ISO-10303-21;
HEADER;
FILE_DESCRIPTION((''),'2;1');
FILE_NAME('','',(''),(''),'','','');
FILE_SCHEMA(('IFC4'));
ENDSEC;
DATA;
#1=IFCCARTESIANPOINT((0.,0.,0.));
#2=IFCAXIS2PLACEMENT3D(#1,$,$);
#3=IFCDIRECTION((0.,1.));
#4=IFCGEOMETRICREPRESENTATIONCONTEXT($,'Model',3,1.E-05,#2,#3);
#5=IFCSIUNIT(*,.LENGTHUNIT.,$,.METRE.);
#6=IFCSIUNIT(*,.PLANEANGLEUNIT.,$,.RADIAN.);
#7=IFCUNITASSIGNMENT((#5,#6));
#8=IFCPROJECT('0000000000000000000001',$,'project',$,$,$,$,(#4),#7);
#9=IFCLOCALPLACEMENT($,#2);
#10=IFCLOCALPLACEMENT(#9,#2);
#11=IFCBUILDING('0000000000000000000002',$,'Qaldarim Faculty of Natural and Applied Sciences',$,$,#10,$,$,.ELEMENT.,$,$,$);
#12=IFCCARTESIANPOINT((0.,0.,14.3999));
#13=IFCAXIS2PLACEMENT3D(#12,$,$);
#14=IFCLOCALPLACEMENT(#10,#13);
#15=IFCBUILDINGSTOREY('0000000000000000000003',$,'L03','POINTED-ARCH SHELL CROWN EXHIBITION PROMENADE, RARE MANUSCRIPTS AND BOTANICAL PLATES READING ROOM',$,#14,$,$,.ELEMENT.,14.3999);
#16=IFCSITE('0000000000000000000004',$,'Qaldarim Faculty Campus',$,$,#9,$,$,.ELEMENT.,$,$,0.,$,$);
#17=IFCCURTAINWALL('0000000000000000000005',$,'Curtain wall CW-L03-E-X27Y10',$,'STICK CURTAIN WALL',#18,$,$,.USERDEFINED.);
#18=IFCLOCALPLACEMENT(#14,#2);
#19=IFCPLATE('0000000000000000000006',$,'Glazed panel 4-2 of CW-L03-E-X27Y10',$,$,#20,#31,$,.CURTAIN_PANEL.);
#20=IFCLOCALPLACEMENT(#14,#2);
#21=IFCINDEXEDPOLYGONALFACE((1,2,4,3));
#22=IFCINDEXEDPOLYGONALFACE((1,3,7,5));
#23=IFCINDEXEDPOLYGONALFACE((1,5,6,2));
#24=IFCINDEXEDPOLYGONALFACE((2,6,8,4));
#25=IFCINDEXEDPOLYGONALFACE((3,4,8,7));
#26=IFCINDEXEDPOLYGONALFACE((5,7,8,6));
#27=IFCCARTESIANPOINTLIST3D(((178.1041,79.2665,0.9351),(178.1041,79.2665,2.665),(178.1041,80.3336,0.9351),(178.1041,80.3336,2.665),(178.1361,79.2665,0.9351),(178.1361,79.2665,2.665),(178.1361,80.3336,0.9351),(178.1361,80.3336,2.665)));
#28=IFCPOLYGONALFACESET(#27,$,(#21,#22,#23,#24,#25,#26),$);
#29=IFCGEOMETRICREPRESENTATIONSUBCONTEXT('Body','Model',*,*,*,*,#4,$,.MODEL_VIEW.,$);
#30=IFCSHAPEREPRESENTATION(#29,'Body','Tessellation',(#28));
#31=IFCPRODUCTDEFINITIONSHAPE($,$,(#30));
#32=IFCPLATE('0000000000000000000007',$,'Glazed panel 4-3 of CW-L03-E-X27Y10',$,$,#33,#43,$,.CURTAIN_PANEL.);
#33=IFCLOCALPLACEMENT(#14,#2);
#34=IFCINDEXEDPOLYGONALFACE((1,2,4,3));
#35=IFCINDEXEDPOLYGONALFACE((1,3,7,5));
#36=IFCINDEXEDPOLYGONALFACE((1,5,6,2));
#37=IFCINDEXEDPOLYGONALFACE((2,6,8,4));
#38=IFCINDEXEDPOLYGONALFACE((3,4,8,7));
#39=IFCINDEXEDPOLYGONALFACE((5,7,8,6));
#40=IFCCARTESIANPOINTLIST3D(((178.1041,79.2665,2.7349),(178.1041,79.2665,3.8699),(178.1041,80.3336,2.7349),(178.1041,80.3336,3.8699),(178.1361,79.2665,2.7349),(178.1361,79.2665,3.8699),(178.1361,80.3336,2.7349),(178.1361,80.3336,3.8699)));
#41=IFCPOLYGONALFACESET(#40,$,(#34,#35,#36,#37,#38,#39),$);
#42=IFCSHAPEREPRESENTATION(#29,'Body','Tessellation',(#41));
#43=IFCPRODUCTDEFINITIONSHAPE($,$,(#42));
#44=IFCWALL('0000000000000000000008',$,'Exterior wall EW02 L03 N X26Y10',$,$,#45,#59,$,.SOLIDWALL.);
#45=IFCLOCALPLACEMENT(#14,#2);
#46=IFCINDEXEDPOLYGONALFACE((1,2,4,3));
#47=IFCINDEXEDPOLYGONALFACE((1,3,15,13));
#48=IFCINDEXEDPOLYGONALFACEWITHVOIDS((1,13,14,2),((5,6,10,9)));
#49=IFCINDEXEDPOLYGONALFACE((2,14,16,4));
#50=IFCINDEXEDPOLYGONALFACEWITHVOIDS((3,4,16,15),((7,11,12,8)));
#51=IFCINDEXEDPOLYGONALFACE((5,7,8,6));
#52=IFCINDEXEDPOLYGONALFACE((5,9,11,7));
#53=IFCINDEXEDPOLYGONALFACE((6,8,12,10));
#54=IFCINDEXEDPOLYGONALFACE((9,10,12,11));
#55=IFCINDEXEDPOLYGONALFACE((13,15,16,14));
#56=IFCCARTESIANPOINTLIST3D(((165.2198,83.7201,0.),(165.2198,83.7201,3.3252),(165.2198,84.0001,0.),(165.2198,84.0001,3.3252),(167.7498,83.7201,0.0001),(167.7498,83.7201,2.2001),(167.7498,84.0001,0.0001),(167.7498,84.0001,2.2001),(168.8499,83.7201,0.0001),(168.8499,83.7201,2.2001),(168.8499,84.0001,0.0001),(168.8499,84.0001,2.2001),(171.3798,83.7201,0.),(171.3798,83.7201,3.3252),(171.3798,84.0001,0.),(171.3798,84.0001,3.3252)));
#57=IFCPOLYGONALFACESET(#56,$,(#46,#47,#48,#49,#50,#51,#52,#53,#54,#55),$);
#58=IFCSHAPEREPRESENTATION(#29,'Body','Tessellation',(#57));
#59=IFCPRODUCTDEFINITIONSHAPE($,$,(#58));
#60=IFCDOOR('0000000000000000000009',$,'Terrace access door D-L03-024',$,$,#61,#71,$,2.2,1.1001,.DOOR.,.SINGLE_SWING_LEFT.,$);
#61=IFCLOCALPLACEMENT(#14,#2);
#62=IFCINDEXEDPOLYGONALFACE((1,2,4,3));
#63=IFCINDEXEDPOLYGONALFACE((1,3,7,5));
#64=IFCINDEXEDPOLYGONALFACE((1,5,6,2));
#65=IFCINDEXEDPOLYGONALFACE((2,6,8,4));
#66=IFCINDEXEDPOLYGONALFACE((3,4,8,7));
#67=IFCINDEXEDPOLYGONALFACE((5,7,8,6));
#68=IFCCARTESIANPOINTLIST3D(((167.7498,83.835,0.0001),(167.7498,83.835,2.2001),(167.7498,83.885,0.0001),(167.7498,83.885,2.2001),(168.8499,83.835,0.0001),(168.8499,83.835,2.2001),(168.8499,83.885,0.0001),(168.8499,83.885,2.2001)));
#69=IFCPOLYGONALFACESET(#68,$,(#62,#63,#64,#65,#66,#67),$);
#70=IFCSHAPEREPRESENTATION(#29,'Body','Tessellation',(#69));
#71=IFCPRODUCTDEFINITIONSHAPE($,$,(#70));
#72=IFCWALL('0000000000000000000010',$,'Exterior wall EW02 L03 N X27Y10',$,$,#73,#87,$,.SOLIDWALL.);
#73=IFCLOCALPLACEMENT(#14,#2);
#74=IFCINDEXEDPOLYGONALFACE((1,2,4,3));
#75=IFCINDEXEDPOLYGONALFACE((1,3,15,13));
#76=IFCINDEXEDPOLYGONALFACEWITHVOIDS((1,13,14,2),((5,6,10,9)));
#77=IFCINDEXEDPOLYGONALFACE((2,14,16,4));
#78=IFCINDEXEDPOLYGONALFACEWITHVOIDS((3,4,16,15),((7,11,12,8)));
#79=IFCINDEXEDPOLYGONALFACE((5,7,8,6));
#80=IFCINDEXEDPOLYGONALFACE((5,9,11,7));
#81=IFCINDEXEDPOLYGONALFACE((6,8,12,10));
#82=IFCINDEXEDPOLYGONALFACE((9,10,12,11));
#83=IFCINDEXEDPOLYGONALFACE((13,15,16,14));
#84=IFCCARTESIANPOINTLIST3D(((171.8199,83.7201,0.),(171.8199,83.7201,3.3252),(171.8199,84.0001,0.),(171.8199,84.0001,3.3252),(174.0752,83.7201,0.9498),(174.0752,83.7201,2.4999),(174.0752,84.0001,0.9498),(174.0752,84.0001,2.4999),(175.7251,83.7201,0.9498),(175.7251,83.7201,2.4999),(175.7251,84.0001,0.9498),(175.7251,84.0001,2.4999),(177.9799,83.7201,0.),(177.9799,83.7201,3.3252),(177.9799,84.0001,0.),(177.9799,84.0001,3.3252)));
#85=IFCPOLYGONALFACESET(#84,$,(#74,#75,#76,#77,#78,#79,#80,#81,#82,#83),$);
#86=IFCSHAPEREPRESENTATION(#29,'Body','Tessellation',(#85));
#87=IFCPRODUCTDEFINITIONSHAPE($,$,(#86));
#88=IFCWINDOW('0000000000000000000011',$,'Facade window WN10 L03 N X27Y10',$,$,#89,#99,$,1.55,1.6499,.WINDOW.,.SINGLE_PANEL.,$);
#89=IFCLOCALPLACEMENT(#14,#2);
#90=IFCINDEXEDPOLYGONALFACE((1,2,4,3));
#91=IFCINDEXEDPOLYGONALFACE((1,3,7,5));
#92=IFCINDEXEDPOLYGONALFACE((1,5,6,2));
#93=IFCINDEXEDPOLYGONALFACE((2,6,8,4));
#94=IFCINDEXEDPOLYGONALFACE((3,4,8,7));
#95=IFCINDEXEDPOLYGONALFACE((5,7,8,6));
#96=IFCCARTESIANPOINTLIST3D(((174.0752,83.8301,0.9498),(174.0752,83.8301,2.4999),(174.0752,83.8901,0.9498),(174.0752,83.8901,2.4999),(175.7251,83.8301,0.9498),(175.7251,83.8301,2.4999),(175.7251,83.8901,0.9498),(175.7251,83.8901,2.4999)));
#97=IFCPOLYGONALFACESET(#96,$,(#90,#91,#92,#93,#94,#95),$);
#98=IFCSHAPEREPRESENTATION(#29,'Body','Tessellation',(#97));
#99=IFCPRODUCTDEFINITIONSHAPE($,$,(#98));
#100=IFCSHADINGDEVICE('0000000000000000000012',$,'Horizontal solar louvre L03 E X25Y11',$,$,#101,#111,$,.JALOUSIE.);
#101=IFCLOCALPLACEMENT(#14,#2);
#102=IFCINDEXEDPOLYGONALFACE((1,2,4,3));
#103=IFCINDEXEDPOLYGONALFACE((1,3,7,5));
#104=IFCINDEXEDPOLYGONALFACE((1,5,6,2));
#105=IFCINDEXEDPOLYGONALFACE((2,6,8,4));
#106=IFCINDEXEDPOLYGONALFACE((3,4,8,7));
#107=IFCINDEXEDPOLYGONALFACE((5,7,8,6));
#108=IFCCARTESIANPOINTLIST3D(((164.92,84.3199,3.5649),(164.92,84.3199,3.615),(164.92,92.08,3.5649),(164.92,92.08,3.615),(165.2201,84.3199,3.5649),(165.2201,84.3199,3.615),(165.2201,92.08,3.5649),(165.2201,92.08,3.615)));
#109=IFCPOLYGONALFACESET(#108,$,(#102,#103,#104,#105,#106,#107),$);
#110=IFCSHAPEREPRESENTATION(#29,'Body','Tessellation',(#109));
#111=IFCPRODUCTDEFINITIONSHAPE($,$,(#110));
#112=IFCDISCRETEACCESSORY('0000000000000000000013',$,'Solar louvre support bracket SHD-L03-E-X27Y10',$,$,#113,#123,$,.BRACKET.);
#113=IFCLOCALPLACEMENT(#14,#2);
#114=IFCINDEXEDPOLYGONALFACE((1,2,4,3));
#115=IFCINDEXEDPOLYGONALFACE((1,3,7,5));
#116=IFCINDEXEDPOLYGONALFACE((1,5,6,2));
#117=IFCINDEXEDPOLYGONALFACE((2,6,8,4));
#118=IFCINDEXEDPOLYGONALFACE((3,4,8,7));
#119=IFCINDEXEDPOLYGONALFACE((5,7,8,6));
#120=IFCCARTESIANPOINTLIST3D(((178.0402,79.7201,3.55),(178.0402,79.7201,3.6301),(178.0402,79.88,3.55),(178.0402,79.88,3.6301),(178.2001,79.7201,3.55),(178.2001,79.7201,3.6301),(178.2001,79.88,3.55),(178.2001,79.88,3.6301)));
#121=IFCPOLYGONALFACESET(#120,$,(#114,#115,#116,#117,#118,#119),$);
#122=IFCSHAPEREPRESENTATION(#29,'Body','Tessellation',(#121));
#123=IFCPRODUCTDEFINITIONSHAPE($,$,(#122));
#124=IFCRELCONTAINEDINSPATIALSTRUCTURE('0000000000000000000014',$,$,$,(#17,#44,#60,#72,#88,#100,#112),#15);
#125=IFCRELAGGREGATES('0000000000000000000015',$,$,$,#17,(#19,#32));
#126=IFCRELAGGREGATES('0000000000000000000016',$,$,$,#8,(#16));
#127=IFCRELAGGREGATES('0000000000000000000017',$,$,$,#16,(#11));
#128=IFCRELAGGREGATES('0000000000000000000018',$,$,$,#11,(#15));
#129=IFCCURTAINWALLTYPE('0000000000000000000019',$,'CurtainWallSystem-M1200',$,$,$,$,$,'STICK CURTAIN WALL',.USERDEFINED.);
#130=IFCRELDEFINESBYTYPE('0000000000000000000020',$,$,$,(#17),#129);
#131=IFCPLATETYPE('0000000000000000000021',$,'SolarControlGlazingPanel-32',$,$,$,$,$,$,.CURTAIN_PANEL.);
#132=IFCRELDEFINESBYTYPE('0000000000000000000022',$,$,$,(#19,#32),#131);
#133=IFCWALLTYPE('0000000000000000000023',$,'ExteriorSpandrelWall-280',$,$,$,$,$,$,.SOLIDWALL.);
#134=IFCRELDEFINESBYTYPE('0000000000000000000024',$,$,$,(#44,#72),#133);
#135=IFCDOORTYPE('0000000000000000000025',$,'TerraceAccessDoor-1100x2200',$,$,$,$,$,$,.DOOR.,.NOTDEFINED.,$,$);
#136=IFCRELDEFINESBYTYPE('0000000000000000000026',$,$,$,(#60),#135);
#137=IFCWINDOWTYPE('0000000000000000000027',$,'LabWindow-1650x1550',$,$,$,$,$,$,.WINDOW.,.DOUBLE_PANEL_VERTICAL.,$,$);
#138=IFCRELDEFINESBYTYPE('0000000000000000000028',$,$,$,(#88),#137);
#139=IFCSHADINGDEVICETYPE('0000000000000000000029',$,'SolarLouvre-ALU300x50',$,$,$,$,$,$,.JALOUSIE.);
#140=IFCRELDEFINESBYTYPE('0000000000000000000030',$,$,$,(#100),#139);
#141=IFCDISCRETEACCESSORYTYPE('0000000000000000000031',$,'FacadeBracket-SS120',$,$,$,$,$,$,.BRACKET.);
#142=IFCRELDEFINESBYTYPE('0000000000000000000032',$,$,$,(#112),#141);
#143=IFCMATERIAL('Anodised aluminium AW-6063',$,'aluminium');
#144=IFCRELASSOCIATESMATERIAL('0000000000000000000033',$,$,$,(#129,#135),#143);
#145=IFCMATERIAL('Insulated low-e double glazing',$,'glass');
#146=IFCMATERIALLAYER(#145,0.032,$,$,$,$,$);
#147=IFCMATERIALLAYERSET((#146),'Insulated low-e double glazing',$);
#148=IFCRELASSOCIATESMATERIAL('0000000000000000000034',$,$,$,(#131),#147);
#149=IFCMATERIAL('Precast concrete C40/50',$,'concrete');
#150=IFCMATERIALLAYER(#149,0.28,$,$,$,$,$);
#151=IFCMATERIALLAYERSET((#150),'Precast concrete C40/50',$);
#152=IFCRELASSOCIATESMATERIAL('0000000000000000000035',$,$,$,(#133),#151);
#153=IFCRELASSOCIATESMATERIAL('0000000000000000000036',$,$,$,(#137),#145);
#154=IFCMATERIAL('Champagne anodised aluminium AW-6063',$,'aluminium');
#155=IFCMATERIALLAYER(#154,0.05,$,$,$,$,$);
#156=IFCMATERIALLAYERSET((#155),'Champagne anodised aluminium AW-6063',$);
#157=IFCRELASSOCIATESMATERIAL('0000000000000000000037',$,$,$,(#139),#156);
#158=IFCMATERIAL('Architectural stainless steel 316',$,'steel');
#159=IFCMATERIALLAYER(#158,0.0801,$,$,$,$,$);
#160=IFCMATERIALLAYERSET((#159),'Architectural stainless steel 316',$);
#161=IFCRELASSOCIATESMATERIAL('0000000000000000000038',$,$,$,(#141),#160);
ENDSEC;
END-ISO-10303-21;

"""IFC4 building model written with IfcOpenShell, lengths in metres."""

from ifc_helpers import new_model, si_unit, direction, frame, frame_2d, origin, origin_2d, place, context, subcontext, project, spatial, rectangle, extrude, material, layer, layer_set, type_object, element, fill, aggregate, save


model = new_model("IFC4")

# Units and contexts
model_context = context("Model", 3, precision=1e-05, world=origin(), true_north=direction((0.0, 1.0)))
body_context = subcontext(model_context, "Body", "Model", "MODEL_VIEW")
ifc_project = project(units=[si_unit("LENGTHUNIT", "METRE"), si_unit("PLANEANGLEUNIT", "RADIAN")], contexts=[model_context])

# Site, building, storey
site_placement = place(None, origin())
site = spatial("IfcSite", under=ifc_project, at=site_placement, Name="Qaldarim Faculty Campus", CompositionType="ELEMENT", RefElevation=0.0)
building_placement = place(site_placement, origin())
building = spatial("IfcBuilding", under=site, at=building_placement, Name="Qaldarim Faculty of Natural and Applied Sciences", CompositionType="ELEMENT")
storey_placement = place(building_placement, frame((0.0, 0.0, 14.3999)))
storey = spatial("IfcBuildingStorey", under=building, at=storey_placement, Name="L03", Description="POINTED-ARCH SHELL CROWN EXHIBITION PROMENADE, RARE MANUSCRIPTS AND BOTANICAL PLATES READING ROOM", CompositionType="ELEMENT", Elevation=14.3999)

# Curtain wall
ifc_material_1 = material(Name="Anodised aluminium AW-6063", Category="aluminium")
curtain_wall_type = type_object("IfcCurtainWallType", Name="CurtainWallSystem-M1200", ElementType="STICK CURTAIN WALL", PredefinedType="USERDEFINED", material=ifc_material_1)
curtain_wall_placement = place(storey_placement, origin())
curtain_wall = element("IfcCurtainWall", 1, at=curtain_wall_placement, inside=storey, type_object=curtain_wall_type, Name="Curtain wall CW-L03-E-X27Y10", ObjectType="STICK CURTAIN WALL", PredefinedType="USERDEFINED")

# Shared definitions
ifc_material_2 = material(Name="Precast concrete C40/50", Category="concrete")

# Plates
ifc_material_3 = material(Name="Insulated low-e double glazing", Category="glass")
ifc_layer_1 = layer(ifc_material_3, 0.032)
ifc_layer_set_1 = layer_set([ifc_layer_1], Name="Insulated low-e double glazing")
plate_type = type_object("IfcPlateType", Name="SolarControlGlazingPanel-32", PredefinedType="CURTAIN_PANEL", material=ifc_layer_set_1)
plate_1_placement = place(storey_placement, frame((178.1201, 79.8, 0.9351), z_axis=(0.0, 0.0, 1.0), x_axis=(0.0, 1.0, 0.0)))
plate_1 = element("IfcPlate", 2, at=plate_1_placement, type_object=plate_type, Name="Glazed panel 4-2 of CW-L03-E-X27Y10", PredefinedType="CURTAIN_PANEL", context=body_context, shape_type="SweptSolid", body=[
    extrude(rectangle(XDim=1.0671, YDim=0.032, at=origin_2d()), origin(), (0.0, 0.0, 1.0), 1.73),
])
plate_2_placement = place(storey_placement, frame((178.1201, 79.8, 2.7349), z_axis=(0.0, 0.0, 1.0), x_axis=(0.0, 1.0, 0.0)))
plate_2 = element("IfcPlate", 3, at=plate_2_placement, type_object=plate_type, Name="Glazed panel 4-3 of CW-L03-E-X27Y10", PredefinedType="CURTAIN_PANEL", context=body_context, shape_type="SweptSolid", body=[
    extrude(rectangle(XDim=1.0671, YDim=0.032, at=origin_2d()), origin(), (0.0, 0.0, 1.0), 1.135),
])
aggregate(curtain_wall, [plate_1, plate_2])

# Wall, opening, door
ifc_layer_2 = layer(ifc_material_2, 0.28)
ifc_layer_set_2 = layer_set([ifc_layer_2], Name="Precast concrete C40/50")
wall_type = type_object("IfcWallType", Name="ExteriorSpandrelWall-280", PredefinedType="SOLIDWALL", material=ifc_layer_set_2)
wall_1_placement = place(storey_placement, frame((171.3799, 83.8601, 0.0), z_axis=(0.0, 0.0, 1.0), x_axis=(-1.0, 0.0, 0.0)))
wall_1 = element("IfcWall", 4, at=wall_1_placement, inside=storey, type_object=wall_type, Name="Exterior wall EW02 L03 N X26Y10", PredefinedType="SOLIDWALL", context=body_context, shape_type="SweptSolid", body=[
    extrude(rectangle(XDim=6.1599, YDim=0.28, at=frame_2d((3.0801, 0.0))), origin(), (0.0, 0.0, 1.0), 3.3252),
])
opening_1_placement = place(wall_1_placement, frame((2.53, 0.0, 0.0)))
opening_1 = element("IfcOpeningElement", 5, at=opening_1_placement, cuts=wall_1, PredefinedType="OPENING", context=body_context, shape_type="SweptSolid", body=[
    extrude(rectangle(XDim=1.1001, YDim=2.2, at=frame_2d((0.55, 1.1001))), frame((0.0, 0.1499, 0.0), z_axis=(0.0, -1.0, 0.0), x_axis=(1.0, 0.0, 0.0)), (0.0, 0.0, 1.0), 0.3),
])
door_type = type_object("IfcDoorType", Name="TerraceAccessDoor-1100x2200", OperationType="NOTDEFINED", PredefinedType="DOOR", material=ifc_material_1)
door_placement = place(opening_1_placement, frame((1.1001, 0.0, 0.0), z_axis=(0.0, 0.0, 1.0), x_axis=(-1.0, 0.0, 0.0)))
door = element("IfcDoor", 6, at=door_placement, inside=storey, type_object=door_type, Name="Terrace access door D-L03-024", OperationType="SINGLE_SWING_LEFT", OverallHeight=2.2, OverallWidth=1.1001, PredefinedType="DOOR", context=body_context, shape_type="SweptSolid", body=[
    extrude(rectangle(XDim=1.1001, YDim=2.2, at=frame_2d((0.55, 1.1001))), frame((0.0, 0.0249, 0.0), z_axis=(0.0, -1.0, 0.0), x_axis=(1.0, 0.0, 0.0)), (0.0, 0.0, 1.0), 0.05),
])
fill(opening_1, door)

# Wall, opening, window
wall_2_placement = place(storey_placement, frame((177.98, 83.8601, 0.0), z_axis=(0.0, 0.0, 1.0), x_axis=(-1.0, 0.0, 0.0)))
wall_2 = element("IfcWall", 7, at=wall_2_placement, inside=storey, type_object=wall_type, Name="Exterior wall EW02 L03 N X27Y10", PredefinedType="SOLIDWALL", context=body_context, shape_type="SweptSolid", body=[
    extrude(rectangle(XDim=6.1599, YDim=0.28, at=frame_2d((3.0801, 0.0))), origin(), (0.0, 0.0, 1.0), 3.3252),
])
opening_2_placement = place(wall_2_placement, frame((2.2549, 0.0, 0.95)))
opening_2 = element("IfcOpeningElement", 8, at=opening_2_placement, cuts=wall_2, PredefinedType="OPENING", context=body_context, shape_type="SweptSolid", body=[
    extrude(rectangle(XDim=1.6499, YDim=1.55, at=frame_2d((0.825, 0.7749))), frame((0.0, 0.1499, 0.0), z_axis=(0.0, -1.0, 0.0), x_axis=(1.0, 0.0, 0.0)), (0.0, 0.0, 1.0), 0.3),
])
window_type = type_object("IfcWindowType", Name="LabWindow-1650x1550", PartitioningType="DOUBLE_PANEL_VERTICAL", PredefinedType="WINDOW", material=ifc_material_3)
window_placement = place(opening_2_placement, origin())
window = element("IfcWindow", 9, at=window_placement, inside=storey, type_object=window_type, Name="Facade window WN10 L03 N X27Y10", OverallHeight=1.55, OverallWidth=1.6499, PartitioningType="SINGLE_PANEL", PredefinedType="WINDOW", context=body_context, shape_type="SweptSolid", body=[
    extrude(rectangle(XDim=1.6499, YDim=1.55, at=frame_2d((0.825, 0.7749))), frame((0.0, 0.03, 0.0), z_axis=(0.0, -1.0, 0.0), x_axis=(1.0, 0.0, 0.0)), (0.0, 0.0, 1.0), 0.0601),
])
fill(opening_2, window)

# Shared definitions
ifc_material_4 = material(Name="Architectural stainless steel 316", Category="steel")

# Shading device
ifc_material_5 = material(Name="Champagne anodised aluminium AW-6063", Category="aluminium")
ifc_layer_3 = layer(ifc_material_5, 0.05)
ifc_layer_set_3 = layer_set([ifc_layer_3], Name="Champagne anodised aluminium AW-6063")
shading_device_type = type_object("IfcShadingDeviceType", Name="SolarLouvre-ALU300x50", PredefinedType="JALOUSIE", material=ifc_layer_set_3)
shading_device_placement = place(storey_placement, frame((165.0701, 88.2, 3.5649), z_axis=(0.0, 0.0, 1.0), x_axis=(0.0, 1.0, 0.0)))
element("IfcShadingDevice", 10, at=shading_device_placement, inside=storey, type_object=shading_device_type, Name="Horizontal solar louvre L03 E X25Y11", PredefinedType="JALOUSIE", context=body_context, shape_type="SweptSolid", body=[
    extrude(rectangle(XDim=7.76, YDim=0.3, at=origin_2d()), origin(), (0.0, 0.0, 1.0), 0.05),
])

# Discrete accessory
ifc_layer_4 = layer(ifc_material_4, 0.0801)
ifc_layer_set_4 = layer_set([ifc_layer_4], Name="Architectural stainless steel 316")
discrete_accessory_type = type_object("IfcDiscreteAccessoryType", Name="FacadeBracket-SS120", PredefinedType="BRACKET", material=ifc_layer_set_4)
discrete_accessory_placement = place(storey_placement, frame((178.1201, 79.8, 3.55), z_axis=(0.0, 0.0, 1.0), x_axis=(0.0, 1.0, 0.0)))
element("IfcDiscreteAccessory", 11, at=discrete_accessory_placement, inside=storey, type_object=discrete_accessory_type, Name="Solar louvre support bracket SHD-L03-E-X27Y10", PredefinedType="BRACKET", context=body_context, shape_type="SweptSolid", body=[
    extrude(rectangle(XDim=0.1599, YDim=0.1599, at=origin_2d()), origin(), (0.0, 0.0, 1.0), 0.0801),
])

save(model, "model.ifc")
